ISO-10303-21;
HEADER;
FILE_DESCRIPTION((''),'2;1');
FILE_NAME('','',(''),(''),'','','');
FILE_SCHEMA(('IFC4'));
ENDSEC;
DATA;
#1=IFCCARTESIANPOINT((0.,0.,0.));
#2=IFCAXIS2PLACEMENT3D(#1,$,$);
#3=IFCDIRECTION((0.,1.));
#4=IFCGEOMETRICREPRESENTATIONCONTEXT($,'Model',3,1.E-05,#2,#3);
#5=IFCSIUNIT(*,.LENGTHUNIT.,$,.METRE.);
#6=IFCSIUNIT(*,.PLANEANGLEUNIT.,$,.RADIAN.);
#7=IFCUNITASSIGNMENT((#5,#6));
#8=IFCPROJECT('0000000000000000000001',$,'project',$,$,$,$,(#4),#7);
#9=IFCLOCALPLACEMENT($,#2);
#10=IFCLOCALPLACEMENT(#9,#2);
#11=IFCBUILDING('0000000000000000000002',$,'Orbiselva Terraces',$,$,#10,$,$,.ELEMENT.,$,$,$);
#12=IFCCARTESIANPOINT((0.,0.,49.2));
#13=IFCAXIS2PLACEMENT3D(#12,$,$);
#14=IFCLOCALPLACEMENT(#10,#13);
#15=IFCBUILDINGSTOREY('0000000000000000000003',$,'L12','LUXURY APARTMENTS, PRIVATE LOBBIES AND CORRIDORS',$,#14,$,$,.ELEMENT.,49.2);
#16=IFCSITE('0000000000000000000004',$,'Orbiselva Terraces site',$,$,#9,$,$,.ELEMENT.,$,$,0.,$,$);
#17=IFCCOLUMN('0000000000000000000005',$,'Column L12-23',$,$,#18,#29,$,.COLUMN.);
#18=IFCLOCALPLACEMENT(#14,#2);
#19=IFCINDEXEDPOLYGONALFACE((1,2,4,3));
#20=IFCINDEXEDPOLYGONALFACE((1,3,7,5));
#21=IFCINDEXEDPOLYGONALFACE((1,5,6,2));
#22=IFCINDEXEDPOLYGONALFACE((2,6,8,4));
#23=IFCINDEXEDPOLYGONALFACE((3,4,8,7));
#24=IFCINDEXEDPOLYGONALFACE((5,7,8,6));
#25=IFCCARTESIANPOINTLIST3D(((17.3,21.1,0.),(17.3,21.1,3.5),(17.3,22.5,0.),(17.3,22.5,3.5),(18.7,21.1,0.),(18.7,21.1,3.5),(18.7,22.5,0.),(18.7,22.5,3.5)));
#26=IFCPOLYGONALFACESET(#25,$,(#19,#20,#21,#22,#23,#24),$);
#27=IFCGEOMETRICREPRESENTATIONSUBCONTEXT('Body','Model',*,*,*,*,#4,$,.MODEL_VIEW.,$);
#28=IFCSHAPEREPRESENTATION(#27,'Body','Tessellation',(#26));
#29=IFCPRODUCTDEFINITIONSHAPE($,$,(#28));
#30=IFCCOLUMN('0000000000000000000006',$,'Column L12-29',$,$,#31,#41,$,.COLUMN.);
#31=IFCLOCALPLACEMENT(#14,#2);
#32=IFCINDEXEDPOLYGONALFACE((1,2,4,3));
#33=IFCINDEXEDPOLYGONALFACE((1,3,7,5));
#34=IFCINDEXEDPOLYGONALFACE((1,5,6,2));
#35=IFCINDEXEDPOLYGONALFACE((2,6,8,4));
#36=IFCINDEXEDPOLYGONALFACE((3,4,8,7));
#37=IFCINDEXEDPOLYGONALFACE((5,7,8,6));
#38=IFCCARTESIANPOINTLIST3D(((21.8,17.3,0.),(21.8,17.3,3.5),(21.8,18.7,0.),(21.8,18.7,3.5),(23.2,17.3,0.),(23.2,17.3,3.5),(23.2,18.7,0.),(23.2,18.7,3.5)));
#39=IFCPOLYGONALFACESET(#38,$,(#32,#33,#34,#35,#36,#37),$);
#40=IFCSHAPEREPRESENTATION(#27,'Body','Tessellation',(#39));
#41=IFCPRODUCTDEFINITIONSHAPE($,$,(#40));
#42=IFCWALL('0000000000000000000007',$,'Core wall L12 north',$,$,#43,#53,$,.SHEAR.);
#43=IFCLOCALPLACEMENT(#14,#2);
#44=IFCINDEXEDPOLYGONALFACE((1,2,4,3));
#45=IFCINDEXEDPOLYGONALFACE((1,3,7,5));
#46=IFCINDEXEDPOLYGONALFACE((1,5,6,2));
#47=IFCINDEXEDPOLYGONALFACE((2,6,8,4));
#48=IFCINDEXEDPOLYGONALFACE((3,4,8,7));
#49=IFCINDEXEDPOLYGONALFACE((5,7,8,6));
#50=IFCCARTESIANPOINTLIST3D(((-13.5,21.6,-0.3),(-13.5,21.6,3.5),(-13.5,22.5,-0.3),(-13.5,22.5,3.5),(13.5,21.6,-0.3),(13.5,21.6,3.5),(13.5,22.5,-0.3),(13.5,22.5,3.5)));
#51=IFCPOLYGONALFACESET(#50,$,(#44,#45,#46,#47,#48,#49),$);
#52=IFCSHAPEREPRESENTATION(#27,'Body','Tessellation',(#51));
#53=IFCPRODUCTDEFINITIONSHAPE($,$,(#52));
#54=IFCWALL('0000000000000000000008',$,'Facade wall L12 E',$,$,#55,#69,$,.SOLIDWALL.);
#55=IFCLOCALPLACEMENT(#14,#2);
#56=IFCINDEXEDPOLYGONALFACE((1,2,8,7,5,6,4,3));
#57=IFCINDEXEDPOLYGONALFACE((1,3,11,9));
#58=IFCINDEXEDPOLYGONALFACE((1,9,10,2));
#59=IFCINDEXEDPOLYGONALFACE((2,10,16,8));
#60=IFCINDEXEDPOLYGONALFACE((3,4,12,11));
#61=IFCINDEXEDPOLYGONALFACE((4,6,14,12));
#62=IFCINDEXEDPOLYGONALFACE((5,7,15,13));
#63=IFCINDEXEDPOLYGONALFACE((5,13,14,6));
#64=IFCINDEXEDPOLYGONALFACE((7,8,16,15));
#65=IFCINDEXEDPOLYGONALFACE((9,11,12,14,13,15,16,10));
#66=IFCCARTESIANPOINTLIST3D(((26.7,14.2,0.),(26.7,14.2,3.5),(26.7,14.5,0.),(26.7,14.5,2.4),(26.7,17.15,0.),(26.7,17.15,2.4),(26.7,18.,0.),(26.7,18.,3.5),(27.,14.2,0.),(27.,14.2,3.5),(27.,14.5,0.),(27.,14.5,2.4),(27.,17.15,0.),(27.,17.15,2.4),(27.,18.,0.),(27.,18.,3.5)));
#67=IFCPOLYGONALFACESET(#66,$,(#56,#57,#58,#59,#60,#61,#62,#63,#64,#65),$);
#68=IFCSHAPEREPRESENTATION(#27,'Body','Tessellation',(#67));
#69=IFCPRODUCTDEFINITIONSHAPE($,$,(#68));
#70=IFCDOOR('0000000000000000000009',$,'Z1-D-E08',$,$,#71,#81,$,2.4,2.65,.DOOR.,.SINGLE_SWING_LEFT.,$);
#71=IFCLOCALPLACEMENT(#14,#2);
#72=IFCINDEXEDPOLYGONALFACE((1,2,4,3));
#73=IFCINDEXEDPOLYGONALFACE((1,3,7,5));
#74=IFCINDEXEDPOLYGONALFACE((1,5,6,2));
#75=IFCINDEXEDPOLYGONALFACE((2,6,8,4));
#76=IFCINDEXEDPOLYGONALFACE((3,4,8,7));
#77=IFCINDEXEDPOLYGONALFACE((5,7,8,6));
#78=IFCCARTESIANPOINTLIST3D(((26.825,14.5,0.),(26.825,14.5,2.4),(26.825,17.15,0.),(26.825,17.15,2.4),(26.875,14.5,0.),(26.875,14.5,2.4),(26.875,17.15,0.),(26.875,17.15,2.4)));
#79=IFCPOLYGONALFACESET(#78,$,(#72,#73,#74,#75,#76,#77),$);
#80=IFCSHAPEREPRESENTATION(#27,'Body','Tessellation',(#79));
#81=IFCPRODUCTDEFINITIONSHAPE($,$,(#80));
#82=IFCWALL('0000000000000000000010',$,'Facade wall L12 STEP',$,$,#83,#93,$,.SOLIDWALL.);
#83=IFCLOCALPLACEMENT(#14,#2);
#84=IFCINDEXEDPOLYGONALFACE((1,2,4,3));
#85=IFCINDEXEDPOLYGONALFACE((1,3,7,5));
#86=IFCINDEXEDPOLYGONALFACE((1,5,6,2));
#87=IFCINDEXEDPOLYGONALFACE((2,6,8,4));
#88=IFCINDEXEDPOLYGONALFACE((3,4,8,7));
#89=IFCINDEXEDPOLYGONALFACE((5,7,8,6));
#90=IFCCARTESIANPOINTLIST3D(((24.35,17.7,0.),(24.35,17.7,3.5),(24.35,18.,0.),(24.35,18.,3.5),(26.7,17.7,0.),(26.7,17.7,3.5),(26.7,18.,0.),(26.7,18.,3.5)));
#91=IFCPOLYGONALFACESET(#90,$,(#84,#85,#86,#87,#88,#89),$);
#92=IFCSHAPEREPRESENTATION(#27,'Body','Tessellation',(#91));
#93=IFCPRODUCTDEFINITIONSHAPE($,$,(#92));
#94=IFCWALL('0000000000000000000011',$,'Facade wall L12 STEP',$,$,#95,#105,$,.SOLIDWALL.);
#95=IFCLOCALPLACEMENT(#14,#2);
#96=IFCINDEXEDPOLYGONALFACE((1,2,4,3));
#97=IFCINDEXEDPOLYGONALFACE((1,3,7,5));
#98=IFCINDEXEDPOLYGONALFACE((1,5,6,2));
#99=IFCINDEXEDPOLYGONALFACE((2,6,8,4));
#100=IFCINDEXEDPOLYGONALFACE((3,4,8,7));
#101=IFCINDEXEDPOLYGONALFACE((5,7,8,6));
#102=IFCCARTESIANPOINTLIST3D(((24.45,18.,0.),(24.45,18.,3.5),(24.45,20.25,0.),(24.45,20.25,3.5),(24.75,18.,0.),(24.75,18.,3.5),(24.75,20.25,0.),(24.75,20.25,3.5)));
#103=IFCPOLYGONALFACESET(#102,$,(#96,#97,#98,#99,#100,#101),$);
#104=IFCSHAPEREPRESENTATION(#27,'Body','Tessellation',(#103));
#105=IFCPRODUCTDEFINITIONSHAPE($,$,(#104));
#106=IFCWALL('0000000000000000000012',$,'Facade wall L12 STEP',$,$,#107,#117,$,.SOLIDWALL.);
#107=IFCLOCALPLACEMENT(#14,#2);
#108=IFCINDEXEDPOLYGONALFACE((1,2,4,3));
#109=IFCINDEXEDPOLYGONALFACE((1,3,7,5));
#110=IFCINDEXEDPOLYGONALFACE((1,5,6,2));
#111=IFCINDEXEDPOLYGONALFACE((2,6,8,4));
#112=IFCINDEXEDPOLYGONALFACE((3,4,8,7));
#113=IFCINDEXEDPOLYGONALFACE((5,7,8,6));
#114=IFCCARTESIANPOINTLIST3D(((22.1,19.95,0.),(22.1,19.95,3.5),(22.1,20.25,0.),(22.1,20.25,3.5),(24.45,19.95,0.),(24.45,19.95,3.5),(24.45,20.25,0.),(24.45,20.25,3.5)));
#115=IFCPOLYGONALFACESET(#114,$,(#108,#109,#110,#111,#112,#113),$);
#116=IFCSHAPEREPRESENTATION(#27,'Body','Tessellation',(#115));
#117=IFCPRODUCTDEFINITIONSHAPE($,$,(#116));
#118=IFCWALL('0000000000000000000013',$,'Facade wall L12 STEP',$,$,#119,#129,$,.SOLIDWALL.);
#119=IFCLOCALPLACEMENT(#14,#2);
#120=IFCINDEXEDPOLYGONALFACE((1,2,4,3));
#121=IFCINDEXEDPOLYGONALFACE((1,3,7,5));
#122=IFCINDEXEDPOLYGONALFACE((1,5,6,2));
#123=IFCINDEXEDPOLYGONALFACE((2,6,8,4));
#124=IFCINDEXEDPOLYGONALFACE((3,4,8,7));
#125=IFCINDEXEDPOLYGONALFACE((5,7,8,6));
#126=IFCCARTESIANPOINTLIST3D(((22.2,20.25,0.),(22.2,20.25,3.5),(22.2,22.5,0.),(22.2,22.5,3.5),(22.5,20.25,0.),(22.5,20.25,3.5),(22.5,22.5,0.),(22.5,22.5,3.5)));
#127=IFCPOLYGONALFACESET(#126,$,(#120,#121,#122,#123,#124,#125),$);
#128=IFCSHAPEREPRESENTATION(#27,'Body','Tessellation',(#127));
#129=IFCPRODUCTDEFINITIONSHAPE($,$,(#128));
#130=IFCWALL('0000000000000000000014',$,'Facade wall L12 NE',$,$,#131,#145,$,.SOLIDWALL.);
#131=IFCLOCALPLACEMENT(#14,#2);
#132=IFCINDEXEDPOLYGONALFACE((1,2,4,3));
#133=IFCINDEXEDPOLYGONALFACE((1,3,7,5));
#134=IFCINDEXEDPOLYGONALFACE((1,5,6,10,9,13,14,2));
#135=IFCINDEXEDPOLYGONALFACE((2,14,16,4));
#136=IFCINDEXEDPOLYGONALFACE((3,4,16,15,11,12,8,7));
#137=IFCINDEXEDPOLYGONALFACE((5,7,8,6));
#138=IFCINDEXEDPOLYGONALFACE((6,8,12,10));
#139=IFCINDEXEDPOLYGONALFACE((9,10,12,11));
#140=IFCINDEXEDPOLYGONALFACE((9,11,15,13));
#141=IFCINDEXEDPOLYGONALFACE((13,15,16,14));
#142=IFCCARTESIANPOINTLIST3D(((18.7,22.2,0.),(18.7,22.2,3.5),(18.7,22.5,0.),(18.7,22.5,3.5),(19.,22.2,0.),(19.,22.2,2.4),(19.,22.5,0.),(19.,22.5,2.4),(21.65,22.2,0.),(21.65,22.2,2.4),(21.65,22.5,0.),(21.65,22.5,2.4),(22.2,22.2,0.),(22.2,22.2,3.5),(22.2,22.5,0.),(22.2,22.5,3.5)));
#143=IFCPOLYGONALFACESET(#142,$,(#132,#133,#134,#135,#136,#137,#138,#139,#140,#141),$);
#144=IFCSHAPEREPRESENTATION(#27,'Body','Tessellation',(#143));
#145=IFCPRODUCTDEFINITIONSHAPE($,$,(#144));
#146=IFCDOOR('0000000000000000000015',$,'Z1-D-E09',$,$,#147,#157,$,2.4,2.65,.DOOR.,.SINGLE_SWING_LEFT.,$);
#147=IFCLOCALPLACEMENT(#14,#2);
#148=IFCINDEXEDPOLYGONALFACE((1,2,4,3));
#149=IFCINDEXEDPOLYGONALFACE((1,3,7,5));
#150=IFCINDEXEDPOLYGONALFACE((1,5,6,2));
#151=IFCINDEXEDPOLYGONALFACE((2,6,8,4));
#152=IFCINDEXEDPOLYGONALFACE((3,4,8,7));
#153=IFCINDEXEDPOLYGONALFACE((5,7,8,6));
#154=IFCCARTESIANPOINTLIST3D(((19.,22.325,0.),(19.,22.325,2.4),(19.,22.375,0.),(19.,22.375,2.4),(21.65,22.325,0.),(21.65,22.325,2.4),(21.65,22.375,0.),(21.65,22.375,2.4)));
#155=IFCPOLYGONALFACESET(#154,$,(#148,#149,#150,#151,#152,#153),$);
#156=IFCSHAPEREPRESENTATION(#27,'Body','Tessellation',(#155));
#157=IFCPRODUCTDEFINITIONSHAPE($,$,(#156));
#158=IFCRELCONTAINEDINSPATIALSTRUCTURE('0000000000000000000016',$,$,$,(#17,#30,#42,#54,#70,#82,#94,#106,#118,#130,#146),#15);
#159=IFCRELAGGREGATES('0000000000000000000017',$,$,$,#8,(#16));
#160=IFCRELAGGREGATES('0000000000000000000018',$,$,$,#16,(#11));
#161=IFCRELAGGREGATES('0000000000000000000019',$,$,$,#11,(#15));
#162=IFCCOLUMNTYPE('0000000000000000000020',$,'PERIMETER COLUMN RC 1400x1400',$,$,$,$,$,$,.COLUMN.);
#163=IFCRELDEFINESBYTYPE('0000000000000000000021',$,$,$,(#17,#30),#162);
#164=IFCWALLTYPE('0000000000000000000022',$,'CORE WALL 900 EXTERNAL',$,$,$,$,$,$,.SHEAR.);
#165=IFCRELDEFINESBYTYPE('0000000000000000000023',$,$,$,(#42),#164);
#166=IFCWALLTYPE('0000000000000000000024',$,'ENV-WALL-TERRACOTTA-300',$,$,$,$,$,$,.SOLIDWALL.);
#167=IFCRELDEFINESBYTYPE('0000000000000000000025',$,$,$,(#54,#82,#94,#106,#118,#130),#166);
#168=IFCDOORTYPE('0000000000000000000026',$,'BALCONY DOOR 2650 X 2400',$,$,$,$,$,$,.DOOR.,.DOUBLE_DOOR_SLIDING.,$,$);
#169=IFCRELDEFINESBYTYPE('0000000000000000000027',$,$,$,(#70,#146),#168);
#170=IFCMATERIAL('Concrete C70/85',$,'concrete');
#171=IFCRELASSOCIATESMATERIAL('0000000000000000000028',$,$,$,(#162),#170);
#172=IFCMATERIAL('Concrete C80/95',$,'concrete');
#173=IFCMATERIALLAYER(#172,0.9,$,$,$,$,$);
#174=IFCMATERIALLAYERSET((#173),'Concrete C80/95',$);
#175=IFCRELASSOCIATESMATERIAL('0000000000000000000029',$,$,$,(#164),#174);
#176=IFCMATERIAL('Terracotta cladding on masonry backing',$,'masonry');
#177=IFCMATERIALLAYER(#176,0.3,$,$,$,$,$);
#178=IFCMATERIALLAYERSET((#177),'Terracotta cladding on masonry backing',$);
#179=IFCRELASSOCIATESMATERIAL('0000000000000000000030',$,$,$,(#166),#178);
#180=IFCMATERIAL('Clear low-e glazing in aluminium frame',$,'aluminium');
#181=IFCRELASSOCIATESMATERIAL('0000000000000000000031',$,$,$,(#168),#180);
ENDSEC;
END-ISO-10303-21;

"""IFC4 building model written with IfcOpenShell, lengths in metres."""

from ifc_helpers import new_model, si_unit, direction, frame, frame_2d, origin, origin_2d, place, context, subcontext, project, spatial, rectangle, extrude, material, layer, layer_set, material_profile, profile_set, type_object, element, fill, save


model = new_model("IFC4")

# Units and contexts
model_context = context("Model", 3, precision=1e-05, world=origin(), true_north=direction((0.0, 1.0)))
body_context = subcontext(model_context, "Body", "Model", "MODEL_VIEW")
ifc_project = project(units=[si_unit("LENGTHUNIT", "METRE"), si_unit("PLANEANGLEUNIT", "RADIAN")], contexts=[model_context])

# Site, building, storey
site_placement = place(None, origin())
site = spatial("IfcSite", under=ifc_project, at=site_placement, Name="Orbiselva Terraces site", CompositionType="ELEMENT", RefElevation=0.0)
building_placement = place(site_placement, origin())
building = spatial("IfcBuilding", under=site, at=building_placement, Name="Orbiselva Terraces", CompositionType="ELEMENT")
storey_placement = place(building_placement, frame((0.0, 0.0, 49.2)))
storey = spatial("IfcBuildingStorey", under=building, at=storey_placement, Name="L12", Description="LUXURY APARTMENTS, PRIVATE LOBBIES AND CORRIDORS", CompositionType="ELEMENT", Elevation=49.2)

# Columns
ifc_material_1 = material(Name="Concrete C70/85", Category="concrete")
ifc_material_profile = material_profile(ifc_material_1, rectangle(XDim=1.4, YDim=1.4, at=origin_2d()), Name="RC 1400x1400")
ifc_profile_set = profile_set([ifc_material_profile], Name="Concrete C70/85")
column_type = type_object("IfcColumnType", Name="PERIMETER COLUMN RC 1400x1400", PredefinedType="COLUMN", material=ifc_profile_set)
for number, where, z_axis, x_axis, name in (
    (1, (18.0, 21.8, 0.0), (0.0, 0.0, 1.0), (1.0, 0.0, 0.0), "Column L12-23"),
    (2, (22.5, 18.0, 0.0), (0.0, 0.0, 1.0), (1.0, 0.0, 0.0), "Column L12-29"),
):
    element("IfcColumn", number, at=place(storey_placement, frame(where, z_axis=z_axis, x_axis=x_axis)), inside=storey, type_object=column_type, Name=name, PredefinedType="COLUMN", context=body_context, shape_type="SweptSolid", body=[
        extrude(rectangle(XDim=1.4, YDim=1.4, at=origin_2d()), origin(), (0.0, 0.0, 1.0), 3.5),
    ])

# Wall
ifc_material_2 = material(Name="Concrete C80/95", Category="concrete")
ifc_layer_1 = layer(ifc_material_2, 0.9)
ifc_layer_set_1 = layer_set([ifc_layer_1], Name="Concrete C80/95")
wall_type_1 = type_object("IfcWallType", Name="CORE WALL 900 EXTERNAL", PredefinedType="SHEAR", material=ifc_layer_set_1)
wall_1_placement = place(storey_placement, frame((13.5, 22.05, -0.3), z_axis=(0.0, 0.0, 1.0), x_axis=(-1.0, 0.0, 0.0)))
element("IfcWall", 3, at=wall_1_placement, inside=storey, type_object=wall_type_1, Name="Core wall L12 north", PredefinedType="SHEAR", context=body_context, shape_type="SweptSolid", body=[
    extrude(rectangle(XDim=27.0, YDim=0.9, at=frame_2d((13.5, 0.0))), origin(), (0.0, 0.0, 1.0), 3.8),
])

# Wall, opening, door
ifc_material_3 = material(Name="Terracotta cladding on masonry backing", Category="masonry")
ifc_layer_2 = layer(ifc_material_3, 0.3)
ifc_layer_set_2 = layer_set([ifc_layer_2], Name="Terracotta cladding on masonry backing")
wall_type_2 = type_object("IfcWallType", Name="ENV-WALL-TERRACOTTA-300", PredefinedType="SOLIDWALL", material=ifc_layer_set_2)
wall_2_placement = place(storey_placement, frame((26.85, 18.0, 0.0), z_axis=(0.0, 0.0, 1.0), x_axis=(0.0, -1.0, 0.0)))
wall_2 = element("IfcWall", 4, at=wall_2_placement, inside=storey, type_object=wall_type_2, Name="Facade wall L12 E", PredefinedType="SOLIDWALL", context=body_context, shape_type="SweptSolid", body=[
    extrude(rectangle(XDim=3.8, YDim=0.3, at=frame_2d((1.9, 0.0))), origin(), (0.0, 0.0, 1.0), 3.5),
])
opening_1_placement = place(wall_2_placement, frame((0.85, 0.0, 0.0)))
opening_1 = element("IfcOpeningElement", 5, at=opening_1_placement, cuts=wall_2, PredefinedType="OPENING", context=body_context, shape_type="SweptSolid", body=[
    extrude(rectangle(XDim=2.65, YDim=2.4, at=frame_2d((1.325, 1.2))), frame((0.0, 0.16, 0.0), z_axis=(0.0, -1.0, 0.0), x_axis=(1.0, 0.0, 0.0)), (0.0, 0.0, 1.0), 0.32),
])
ifc_material_4 = material(Name="Clear low-e glazing in aluminium frame", Category="aluminium")
door_type_1 = type_object("IfcDoorType", Name="BALCONY DOOR 2650 X 2400", OperationType="DOUBLE_DOOR_SLIDING", PredefinedType="DOOR", material=ifc_material_4)
door_1_placement = place(opening_1_placement, origin())
door_1 = element("IfcDoor", 6, at=door_1_placement, inside=storey, type_object=door_type_1, Name="Z1-D-E08", OperationType="SINGLE_SWING_LEFT", OverallHeight=2.4, OverallWidth=2.65, PredefinedType="DOOR", context=body_context, shape_type="SweptSolid", body=[
    extrude(rectangle(XDim=2.65, YDim=2.4, at=frame_2d((1.325, 1.2))), frame((0.0, 0.025, 0.0), z_axis=(0.0, -1.0, 0.0), x_axis=(1.0, 0.0, 0.0)), (0.0, 0.0, 1.0), 0.05),
])
fill(opening_1, door_1)

# Walls
wall_3_placement = place(storey_placement, frame((24.35, 17.85, 0.0), z_axis=(0.0, 0.0, 1.0), x_axis=(1.0, 0.0, 0.0)))
element("IfcWall", 7, at=wall_3_placement, inside=storey, type_object=wall_type_2, Name="Facade wall L12 STEP", PredefinedType="SOLIDWALL", context=body_context, shape_type="SweptSolid", body=[
    extrude(rectangle(XDim=2.35, YDim=0.3, at=frame_2d((1.175, 0.0))), origin(), (0.0, 0.0, 1.0), 3.5),
])
wall_4_placement = place(storey_placement, frame((24.6, 20.25, 0.0), z_axis=(0.0, 0.0, 1.0), x_axis=(0.0, -1.0, 0.0)))
element("IfcWall", 8, at=wall_4_placement, inside=storey, type_object=wall_type_2, Name="Facade wall L12 STEP", PredefinedType="SOLIDWALL", context=body_context, shape_type="SweptSolid", body=[
    extrude(rectangle(XDim=2.25, YDim=0.3, at=frame_2d((1.125, 0.0))), origin(), (0.0, 0.0, 1.0), 3.5),
])
wall_5_placement = place(storey_placement, frame((22.1, 20.1, 0.0), z_axis=(0.0, 0.0, 1.0), x_axis=(1.0, 0.0, 0.0)))
element("IfcWall", 9, at=wall_5_placement, inside=storey, type_object=wall_type_2, Name="Facade wall L12 STEP", PredefinedType="SOLIDWALL", context=body_context, shape_type="SweptSolid", body=[
    extrude(rectangle(XDim=2.35, YDim=0.3, at=frame_2d((1.175, 0.0))), origin(), (0.0, 0.0, 1.0), 3.5),
])
wall_6_placement = place(storey_placement, frame((22.35, 22.5, 0.0), z_axis=(0.0, 0.0, 1.0), x_axis=(0.0, -1.0, 0.0)))
element("IfcWall", 10, at=wall_6_placement, inside=storey, type_object=wall_type_2, Name="Facade wall L12 STEP", PredefinedType="SOLIDWALL", context=body_context, shape_type="SweptSolid", body=[
    extrude(rectangle(XDim=2.25, YDim=0.3, at=frame_2d((1.125, 0.0))), origin(), (0.0, 0.0, 1.0), 3.5),
])

# Wall, opening, door
wall_7_placement = place(storey_placement, frame((18.7, 22.35, 0.0), z_axis=(0.0, 0.0, 1.0), x_axis=(1.0, 0.0, 0.0)))
wall_7 = element("IfcWall", 11, at=wall_7_placement, inside=storey, type_object=wall_type_2, Name="Facade wall L12 NE", PredefinedType="SOLIDWALL", context=body_context, shape_type="SweptSolid", body=[
    extrude(rectangle(XDim=3.5, YDim=0.3, at=frame_2d((1.75, 0.0))), origin(), (0.0, 0.0, 1.0), 3.5),
])
opening_2_placement = place(wall_7_placement, frame((0.3, 0.0, 0.0)))
opening_2 = element("IfcOpeningElement", 12, at=opening_2_placement, cuts=wall_7, PredefinedType="OPENING", context=body_context, shape_type="SweptSolid", body=[
    extrude(rectangle(XDim=2.65, YDim=2.4, at=frame_2d((1.325, 1.2))), frame((0.0, 0.16, 0.0), z_axis=(0.0, -1.0, 0.0), x_axis=(1.0, 0.0, 0.0)), (0.0, 0.0, 1.0), 0.32),
])
door_2_placement = place(opening_2_placement, origin())
door_2 = element("IfcDoor", 13, at=door_2_placement, inside=storey, type_object=door_type_1, Name="Z1-D-E09", OperationType="SINGLE_SWING_LEFT", OverallHeight=2.4, OverallWidth=2.65, PredefinedType="DOOR", context=body_context, shape_type="SweptSolid", body=[
    extrude(rectangle(XDim=2.65, YDim=2.4, at=frame_2d((1.325, 1.2))), frame((0.0, 0.025, 0.0), z_axis=(0.0, -1.0, 0.0), x_axis=(1.0, 0.0, 0.0)), (0.0, 0.0, 1.0), 0.05),
])
fill(opening_2, door_2)

save(model, "model.ifc")
